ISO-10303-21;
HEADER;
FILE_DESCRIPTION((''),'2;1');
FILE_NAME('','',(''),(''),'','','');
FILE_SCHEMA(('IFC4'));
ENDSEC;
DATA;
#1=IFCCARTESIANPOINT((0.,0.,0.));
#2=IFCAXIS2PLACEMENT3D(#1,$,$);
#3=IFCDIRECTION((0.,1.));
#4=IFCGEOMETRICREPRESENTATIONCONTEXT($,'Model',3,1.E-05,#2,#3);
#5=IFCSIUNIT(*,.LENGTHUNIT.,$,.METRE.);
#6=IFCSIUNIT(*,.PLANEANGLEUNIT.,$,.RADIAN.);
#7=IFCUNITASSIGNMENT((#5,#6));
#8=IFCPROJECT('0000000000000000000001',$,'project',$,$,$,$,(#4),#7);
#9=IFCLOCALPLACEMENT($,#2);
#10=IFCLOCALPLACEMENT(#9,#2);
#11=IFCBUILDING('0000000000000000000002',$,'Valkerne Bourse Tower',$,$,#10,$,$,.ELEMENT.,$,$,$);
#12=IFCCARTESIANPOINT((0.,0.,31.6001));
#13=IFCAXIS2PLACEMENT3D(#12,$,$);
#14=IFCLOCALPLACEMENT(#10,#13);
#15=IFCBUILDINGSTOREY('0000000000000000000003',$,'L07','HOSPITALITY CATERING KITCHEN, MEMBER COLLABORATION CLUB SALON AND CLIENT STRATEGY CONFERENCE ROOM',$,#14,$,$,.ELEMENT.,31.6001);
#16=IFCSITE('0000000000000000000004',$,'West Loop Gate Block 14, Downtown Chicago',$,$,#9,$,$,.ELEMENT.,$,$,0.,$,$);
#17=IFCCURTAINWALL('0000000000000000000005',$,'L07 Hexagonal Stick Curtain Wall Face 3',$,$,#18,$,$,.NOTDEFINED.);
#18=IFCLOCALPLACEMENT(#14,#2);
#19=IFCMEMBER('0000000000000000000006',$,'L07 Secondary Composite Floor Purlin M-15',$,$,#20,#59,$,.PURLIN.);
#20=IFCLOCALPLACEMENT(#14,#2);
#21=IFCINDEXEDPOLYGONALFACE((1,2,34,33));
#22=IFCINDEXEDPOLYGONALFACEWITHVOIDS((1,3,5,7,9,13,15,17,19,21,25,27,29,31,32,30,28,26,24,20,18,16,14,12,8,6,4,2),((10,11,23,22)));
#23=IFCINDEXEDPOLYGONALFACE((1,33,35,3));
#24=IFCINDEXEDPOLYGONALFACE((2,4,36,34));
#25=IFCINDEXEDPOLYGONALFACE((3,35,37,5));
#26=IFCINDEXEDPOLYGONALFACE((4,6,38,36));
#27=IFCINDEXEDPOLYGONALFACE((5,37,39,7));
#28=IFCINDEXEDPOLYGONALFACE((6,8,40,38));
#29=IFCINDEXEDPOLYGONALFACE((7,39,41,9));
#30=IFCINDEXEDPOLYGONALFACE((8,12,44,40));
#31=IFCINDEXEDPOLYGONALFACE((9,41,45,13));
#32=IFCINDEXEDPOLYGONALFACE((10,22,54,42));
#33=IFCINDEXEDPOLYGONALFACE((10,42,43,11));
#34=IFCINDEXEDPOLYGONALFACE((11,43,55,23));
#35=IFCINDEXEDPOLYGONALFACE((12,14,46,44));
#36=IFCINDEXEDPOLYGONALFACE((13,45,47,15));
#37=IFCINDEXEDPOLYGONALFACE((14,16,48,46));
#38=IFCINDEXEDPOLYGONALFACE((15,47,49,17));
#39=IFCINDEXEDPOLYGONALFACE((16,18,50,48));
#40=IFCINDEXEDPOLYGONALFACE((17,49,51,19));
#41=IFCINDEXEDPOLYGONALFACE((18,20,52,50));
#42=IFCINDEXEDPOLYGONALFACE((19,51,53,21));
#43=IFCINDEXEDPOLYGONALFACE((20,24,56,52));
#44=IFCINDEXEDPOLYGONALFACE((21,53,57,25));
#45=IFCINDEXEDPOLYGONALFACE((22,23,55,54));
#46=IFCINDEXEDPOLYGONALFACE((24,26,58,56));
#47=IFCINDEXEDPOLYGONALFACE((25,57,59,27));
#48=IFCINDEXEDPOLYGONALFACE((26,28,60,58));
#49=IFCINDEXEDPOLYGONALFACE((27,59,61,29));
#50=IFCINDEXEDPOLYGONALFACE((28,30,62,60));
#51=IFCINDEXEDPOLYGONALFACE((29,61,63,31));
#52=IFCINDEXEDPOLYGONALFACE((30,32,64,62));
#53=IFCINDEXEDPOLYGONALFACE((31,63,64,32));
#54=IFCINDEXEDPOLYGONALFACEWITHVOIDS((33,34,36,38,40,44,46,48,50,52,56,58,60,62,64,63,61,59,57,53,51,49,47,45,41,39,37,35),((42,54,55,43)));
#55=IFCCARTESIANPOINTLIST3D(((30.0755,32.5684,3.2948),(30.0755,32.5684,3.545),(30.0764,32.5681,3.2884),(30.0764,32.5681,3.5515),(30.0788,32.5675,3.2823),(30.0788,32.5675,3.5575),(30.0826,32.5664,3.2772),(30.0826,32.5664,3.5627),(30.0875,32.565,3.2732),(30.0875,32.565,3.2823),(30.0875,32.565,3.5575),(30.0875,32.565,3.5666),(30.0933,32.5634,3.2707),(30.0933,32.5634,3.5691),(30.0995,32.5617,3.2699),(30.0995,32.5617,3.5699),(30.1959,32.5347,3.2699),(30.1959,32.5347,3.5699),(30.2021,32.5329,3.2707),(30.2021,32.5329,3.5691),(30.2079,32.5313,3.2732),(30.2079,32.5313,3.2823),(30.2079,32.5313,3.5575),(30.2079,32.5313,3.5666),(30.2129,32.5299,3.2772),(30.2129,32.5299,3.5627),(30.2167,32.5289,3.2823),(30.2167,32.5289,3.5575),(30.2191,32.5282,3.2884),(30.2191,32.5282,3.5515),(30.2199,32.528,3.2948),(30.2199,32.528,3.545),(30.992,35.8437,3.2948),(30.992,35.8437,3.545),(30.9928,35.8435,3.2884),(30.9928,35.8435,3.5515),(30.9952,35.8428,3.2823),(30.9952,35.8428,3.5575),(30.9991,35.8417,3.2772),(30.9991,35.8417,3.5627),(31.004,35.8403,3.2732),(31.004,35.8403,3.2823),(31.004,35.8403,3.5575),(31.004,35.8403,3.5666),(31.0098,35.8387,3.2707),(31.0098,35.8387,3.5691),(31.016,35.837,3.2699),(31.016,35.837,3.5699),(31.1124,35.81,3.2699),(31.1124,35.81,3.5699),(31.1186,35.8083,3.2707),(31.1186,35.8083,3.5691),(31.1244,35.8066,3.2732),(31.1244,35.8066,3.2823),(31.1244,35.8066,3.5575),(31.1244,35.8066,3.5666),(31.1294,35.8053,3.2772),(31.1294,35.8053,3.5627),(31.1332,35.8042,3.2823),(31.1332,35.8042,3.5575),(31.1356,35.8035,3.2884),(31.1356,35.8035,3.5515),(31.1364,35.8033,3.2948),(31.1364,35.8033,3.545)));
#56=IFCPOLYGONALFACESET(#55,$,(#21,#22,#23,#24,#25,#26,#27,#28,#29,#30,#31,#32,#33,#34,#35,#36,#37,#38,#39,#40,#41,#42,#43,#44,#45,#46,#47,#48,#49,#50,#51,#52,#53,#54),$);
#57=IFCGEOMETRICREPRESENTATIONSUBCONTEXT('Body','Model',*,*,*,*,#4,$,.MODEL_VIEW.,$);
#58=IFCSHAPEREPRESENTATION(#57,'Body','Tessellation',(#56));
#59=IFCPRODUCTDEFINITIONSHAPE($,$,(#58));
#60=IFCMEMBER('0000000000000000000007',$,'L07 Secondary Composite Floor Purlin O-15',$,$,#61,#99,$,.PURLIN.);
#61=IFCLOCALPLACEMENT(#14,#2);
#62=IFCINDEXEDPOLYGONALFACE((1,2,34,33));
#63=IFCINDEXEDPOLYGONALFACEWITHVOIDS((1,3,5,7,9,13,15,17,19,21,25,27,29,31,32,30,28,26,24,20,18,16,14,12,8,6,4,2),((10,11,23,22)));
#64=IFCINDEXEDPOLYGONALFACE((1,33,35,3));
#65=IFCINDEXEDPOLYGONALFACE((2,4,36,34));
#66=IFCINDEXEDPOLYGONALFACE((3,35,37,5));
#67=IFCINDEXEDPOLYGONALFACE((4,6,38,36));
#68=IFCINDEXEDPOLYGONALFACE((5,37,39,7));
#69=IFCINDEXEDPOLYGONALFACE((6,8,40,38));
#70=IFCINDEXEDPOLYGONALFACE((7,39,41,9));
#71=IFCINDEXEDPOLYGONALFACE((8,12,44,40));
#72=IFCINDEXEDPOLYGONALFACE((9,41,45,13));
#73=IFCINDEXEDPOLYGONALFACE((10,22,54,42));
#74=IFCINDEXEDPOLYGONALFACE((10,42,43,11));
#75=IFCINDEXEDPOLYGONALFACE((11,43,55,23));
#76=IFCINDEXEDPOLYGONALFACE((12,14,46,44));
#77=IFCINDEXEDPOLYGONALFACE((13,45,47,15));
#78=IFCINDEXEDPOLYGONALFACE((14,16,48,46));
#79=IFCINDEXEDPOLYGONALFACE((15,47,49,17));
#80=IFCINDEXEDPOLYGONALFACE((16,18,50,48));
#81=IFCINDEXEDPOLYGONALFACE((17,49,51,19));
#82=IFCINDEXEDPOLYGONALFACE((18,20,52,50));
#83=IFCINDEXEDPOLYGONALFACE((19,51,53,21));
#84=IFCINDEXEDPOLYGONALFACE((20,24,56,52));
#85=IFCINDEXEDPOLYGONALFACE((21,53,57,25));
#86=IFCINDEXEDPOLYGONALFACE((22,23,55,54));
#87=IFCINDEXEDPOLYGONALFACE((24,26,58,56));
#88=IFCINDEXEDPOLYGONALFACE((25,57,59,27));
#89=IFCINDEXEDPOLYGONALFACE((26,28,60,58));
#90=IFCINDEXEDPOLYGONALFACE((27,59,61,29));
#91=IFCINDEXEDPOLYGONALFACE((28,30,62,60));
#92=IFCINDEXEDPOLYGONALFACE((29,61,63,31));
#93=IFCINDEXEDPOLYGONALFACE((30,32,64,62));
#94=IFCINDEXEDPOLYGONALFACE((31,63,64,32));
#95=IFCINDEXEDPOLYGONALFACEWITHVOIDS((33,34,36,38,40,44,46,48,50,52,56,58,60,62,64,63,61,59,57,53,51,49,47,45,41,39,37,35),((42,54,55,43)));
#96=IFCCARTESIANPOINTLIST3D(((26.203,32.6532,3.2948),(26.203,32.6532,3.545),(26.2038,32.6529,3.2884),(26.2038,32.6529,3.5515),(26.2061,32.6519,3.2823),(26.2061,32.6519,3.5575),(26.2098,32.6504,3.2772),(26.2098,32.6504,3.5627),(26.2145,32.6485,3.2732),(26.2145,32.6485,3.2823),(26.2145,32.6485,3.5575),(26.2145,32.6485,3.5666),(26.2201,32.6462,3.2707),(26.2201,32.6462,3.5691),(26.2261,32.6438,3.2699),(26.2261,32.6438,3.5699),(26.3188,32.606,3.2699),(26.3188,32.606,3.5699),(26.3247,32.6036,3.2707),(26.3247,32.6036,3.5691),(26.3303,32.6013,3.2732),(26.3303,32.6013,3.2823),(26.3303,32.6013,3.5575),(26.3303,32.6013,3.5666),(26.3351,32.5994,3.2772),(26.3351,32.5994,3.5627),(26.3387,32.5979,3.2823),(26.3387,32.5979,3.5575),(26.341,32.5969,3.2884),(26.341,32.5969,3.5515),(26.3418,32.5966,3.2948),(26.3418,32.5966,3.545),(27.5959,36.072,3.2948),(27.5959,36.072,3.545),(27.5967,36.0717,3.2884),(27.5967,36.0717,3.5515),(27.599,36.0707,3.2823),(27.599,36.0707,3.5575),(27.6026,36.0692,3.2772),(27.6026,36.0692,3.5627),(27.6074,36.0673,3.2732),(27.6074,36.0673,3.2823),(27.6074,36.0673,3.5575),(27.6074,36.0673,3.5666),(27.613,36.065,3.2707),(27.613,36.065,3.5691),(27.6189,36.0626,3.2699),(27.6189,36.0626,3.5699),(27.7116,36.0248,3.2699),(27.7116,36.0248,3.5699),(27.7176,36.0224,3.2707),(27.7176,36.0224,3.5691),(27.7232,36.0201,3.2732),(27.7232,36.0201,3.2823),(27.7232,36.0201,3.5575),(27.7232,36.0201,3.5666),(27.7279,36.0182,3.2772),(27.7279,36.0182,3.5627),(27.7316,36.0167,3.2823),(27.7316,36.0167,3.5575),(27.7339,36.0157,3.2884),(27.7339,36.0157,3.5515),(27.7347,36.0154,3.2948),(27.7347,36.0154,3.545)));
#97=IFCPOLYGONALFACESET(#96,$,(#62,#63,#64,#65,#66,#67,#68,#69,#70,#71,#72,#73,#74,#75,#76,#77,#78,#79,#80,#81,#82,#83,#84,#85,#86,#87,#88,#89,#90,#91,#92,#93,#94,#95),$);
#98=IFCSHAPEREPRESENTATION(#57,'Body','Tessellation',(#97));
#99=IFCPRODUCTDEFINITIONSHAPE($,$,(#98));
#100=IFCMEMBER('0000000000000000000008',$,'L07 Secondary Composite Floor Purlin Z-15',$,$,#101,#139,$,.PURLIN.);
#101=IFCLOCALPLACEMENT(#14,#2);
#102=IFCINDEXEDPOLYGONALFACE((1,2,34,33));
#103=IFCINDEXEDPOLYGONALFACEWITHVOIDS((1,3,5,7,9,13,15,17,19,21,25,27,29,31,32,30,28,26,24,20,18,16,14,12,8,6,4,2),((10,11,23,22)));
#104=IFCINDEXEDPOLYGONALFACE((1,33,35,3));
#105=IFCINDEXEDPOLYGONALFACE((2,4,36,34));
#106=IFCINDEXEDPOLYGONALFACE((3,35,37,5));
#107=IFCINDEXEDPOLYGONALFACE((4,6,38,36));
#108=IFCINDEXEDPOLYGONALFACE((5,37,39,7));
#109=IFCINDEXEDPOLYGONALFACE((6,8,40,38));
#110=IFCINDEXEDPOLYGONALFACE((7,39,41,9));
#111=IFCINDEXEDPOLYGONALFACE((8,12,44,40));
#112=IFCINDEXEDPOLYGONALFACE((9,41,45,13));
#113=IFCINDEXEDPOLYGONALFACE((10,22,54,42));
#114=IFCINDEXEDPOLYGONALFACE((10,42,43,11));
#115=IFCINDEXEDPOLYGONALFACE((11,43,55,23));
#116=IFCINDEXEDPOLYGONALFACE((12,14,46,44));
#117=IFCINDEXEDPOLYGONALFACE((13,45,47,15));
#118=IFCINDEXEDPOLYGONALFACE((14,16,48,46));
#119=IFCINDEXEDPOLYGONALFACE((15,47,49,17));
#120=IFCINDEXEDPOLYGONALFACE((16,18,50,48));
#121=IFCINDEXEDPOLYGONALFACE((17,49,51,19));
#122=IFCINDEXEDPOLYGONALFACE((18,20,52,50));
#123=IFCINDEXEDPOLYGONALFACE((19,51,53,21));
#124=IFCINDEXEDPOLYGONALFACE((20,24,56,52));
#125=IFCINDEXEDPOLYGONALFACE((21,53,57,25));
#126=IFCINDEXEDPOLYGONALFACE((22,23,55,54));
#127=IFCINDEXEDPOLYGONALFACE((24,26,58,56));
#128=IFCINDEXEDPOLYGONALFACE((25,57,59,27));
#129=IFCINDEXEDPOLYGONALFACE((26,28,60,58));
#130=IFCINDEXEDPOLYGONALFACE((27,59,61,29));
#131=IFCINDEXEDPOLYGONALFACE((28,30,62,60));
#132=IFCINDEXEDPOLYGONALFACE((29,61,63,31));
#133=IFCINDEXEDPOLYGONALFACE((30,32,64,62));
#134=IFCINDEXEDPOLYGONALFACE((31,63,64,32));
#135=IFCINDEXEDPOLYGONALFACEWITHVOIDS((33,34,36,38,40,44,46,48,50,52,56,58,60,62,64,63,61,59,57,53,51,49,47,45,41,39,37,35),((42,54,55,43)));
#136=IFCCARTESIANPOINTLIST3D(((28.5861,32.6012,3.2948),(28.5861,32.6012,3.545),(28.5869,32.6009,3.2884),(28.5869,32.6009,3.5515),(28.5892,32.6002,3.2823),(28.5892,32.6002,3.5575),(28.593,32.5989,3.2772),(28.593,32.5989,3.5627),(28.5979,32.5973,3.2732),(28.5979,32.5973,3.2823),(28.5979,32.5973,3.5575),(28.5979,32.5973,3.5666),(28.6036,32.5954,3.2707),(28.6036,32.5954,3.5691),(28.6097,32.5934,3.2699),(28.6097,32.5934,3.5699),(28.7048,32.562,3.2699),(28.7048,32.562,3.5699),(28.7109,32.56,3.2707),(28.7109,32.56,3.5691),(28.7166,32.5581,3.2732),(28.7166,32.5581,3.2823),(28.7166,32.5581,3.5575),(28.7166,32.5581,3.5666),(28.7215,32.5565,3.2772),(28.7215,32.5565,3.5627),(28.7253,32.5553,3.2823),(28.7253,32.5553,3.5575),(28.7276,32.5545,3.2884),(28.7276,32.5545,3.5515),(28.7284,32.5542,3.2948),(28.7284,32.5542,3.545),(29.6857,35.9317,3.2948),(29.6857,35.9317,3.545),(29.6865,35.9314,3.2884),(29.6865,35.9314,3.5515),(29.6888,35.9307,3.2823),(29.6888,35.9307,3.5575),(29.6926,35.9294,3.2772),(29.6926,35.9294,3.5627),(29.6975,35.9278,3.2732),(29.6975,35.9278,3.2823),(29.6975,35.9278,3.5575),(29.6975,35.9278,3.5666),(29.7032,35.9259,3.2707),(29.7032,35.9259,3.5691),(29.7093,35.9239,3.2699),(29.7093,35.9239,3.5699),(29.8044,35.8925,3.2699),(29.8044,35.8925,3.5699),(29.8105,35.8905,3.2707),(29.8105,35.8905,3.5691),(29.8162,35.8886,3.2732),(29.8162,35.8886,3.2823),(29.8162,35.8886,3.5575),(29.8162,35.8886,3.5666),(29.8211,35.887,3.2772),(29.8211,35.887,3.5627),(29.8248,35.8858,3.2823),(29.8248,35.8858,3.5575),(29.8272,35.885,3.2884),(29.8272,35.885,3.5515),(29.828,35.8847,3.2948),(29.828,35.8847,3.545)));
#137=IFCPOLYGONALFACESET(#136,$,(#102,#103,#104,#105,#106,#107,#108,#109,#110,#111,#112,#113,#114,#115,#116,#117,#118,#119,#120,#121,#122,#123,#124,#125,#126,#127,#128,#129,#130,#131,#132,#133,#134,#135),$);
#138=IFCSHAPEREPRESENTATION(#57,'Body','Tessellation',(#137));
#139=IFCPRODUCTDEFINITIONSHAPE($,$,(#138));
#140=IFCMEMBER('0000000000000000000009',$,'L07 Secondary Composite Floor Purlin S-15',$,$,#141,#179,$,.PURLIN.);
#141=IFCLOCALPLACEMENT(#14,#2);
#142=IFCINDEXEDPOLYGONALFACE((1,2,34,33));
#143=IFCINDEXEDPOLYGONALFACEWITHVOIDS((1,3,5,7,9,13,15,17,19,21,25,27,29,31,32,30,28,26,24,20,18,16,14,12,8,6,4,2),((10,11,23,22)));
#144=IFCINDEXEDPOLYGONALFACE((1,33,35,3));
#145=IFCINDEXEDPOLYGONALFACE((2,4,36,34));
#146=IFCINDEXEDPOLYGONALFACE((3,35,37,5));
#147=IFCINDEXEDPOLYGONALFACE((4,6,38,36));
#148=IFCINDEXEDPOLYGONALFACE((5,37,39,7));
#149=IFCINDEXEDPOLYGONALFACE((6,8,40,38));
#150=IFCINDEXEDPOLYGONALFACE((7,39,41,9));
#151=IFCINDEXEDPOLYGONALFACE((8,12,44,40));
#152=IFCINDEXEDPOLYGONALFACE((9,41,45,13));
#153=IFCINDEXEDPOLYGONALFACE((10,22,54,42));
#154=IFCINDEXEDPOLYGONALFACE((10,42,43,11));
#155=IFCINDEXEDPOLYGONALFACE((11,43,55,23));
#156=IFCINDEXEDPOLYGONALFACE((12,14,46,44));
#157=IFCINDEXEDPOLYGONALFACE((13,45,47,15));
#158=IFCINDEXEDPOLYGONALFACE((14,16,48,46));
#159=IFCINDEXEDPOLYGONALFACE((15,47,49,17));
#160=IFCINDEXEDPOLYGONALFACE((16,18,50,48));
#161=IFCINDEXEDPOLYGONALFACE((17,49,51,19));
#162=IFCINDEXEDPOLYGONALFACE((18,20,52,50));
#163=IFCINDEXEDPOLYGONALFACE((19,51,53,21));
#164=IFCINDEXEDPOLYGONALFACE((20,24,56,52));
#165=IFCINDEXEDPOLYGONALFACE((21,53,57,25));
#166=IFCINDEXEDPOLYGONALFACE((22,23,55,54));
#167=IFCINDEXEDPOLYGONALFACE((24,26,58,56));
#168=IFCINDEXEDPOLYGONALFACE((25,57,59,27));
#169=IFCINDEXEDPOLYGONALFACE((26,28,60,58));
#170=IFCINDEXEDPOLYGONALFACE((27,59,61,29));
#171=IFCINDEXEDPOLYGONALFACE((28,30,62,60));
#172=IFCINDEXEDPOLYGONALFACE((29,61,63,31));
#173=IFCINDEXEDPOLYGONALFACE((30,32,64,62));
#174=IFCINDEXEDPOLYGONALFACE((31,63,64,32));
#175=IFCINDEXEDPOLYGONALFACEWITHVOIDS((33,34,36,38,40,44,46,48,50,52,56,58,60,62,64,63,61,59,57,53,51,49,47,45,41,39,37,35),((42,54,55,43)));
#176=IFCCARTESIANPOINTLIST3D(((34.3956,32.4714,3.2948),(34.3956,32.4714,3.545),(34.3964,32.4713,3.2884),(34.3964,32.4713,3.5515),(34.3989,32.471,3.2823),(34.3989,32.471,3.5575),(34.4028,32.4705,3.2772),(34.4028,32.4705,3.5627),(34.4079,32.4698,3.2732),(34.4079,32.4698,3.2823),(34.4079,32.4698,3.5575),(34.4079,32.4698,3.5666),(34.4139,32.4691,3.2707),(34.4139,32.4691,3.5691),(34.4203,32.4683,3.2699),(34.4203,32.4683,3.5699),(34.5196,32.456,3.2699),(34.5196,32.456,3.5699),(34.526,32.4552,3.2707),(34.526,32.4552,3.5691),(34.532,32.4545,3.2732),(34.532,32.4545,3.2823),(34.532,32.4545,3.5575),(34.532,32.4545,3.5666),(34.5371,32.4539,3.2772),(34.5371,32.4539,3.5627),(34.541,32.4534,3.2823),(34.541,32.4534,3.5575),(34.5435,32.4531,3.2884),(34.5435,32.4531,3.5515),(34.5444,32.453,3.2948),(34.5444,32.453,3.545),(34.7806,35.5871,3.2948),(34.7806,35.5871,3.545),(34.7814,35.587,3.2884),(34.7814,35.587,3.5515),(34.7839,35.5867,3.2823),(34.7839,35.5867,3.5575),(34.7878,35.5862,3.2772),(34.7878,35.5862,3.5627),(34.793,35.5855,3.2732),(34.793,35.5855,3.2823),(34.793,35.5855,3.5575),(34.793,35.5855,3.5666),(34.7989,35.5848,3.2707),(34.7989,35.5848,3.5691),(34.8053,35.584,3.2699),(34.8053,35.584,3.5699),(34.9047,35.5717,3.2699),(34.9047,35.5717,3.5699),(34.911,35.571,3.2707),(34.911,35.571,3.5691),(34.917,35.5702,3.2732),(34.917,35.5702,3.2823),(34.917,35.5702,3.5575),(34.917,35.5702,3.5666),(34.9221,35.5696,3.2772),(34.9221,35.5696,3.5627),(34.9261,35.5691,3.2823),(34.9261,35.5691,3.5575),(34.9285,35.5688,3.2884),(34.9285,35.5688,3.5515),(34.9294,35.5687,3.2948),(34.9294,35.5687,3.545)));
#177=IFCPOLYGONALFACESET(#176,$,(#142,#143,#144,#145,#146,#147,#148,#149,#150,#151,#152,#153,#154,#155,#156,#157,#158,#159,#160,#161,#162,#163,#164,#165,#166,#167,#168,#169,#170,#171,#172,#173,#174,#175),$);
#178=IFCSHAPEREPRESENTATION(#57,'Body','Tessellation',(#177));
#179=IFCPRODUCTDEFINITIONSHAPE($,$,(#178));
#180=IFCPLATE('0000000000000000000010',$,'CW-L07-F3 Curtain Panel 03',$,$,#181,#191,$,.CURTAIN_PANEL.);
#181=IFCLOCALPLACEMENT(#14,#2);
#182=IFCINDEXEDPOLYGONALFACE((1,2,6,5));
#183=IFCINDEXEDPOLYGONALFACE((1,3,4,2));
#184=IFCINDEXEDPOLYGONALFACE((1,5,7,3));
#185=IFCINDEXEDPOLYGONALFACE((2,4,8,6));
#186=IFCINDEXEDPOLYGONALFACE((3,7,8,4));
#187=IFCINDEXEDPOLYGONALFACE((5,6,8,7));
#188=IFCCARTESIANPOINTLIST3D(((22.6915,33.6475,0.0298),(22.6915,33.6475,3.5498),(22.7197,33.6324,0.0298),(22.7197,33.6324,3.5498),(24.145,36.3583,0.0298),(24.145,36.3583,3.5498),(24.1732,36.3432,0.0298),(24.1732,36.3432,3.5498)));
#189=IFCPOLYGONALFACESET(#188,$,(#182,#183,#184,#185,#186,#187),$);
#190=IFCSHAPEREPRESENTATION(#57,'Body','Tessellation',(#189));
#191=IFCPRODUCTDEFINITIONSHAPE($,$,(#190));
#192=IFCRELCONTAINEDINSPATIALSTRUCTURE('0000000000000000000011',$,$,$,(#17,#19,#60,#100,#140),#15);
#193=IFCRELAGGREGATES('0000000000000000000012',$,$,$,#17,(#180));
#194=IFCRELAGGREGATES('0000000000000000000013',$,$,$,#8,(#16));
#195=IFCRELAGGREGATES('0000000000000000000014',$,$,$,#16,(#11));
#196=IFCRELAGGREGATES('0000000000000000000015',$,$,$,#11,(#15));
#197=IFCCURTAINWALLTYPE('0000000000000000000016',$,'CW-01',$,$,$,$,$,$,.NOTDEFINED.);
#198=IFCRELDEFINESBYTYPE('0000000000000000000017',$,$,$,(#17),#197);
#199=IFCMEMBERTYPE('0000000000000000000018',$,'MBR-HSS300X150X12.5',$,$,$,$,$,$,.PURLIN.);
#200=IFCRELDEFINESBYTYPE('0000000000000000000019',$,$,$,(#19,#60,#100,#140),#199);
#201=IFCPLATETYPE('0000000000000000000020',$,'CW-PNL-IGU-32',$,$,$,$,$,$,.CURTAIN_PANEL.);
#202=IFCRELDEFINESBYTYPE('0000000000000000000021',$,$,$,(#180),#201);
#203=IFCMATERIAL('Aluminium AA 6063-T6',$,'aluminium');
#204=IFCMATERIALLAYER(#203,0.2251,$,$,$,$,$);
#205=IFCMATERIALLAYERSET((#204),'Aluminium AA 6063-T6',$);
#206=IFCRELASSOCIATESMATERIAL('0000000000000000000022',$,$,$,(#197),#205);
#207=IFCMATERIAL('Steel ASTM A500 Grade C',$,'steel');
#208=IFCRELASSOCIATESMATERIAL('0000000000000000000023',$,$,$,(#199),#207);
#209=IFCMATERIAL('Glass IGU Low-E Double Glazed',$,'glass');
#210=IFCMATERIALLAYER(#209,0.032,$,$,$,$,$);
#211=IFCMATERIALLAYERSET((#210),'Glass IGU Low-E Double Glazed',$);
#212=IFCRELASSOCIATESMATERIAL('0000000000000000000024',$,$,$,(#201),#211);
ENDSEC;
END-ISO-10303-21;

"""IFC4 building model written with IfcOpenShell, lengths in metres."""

from ifc_helpers import new_model, si_unit, direction, frame, origin, origin_2d, place, context, subcontext, project, spatial, rectangle, hollow_rectangle, extrude, material, layer, layer_set, material_profile, profile_set, type_object, element, aggregate, save


model = new_model("IFC4")

# Units and contexts
model_context = context("Model", 3, precision=1e-05, world=origin(), true_north=direction((0.0, 1.0)))
body_context = subcontext(model_context, "Body", "Model", "MODEL_VIEW")
ifc_project = project(units=[si_unit("LENGTHUNIT", "METRE"), si_unit("PLANEANGLEUNIT", "RADIAN")], contexts=[model_context])

# Site, building, storey
site_placement = place(None, origin())
site = spatial("IfcSite", under=ifc_project, at=site_placement, Name="West Loop Gate Block 14, Downtown Chicago", CompositionType="ELEMENT", RefElevation=0.0)
building_placement = place(site_placement, origin())
building = spatial("IfcBuilding", under=site, at=building_placement, Name="Valkerne Bourse Tower", CompositionType="ELEMENT")
storey_placement = place(building_placement, frame((0.0, 0.0, 31.6001)))
storey = spatial("IfcBuildingStorey", under=building, at=storey_placement, Name="L07", Description="HOSPITALITY CATERING KITCHEN, MEMBER COLLABORATION CLUB SALON AND CLIENT STRATEGY CONFERENCE ROOM", CompositionType="ELEMENT", Elevation=31.6001)

# Curtain wall
ifc_material_1 = material(Name="Aluminium AA 6063-T6", Category="aluminium")
ifc_layer_1 = layer(ifc_material_1, 0.2251)
ifc_layer_set_1 = layer_set([ifc_layer_1], Name="Aluminium AA 6063-T6")
curtain_wall_type = type_object("IfcCurtainWallType", Name="CW-01", PredefinedType="NOTDEFINED", material=ifc_layer_set_1)
curtain_wall_placement = place(storey_placement, origin())
curtain_wall = element("IfcCurtainWall", 1, at=curtain_wall_placement, inside=storey, type_object=curtain_wall_type, Name="L07 Hexagonal Stick Curtain Wall Face 3", PredefinedType="NOTDEFINED")

# Members
ifc_material_2 = material(Name="Steel ASTM A500 Grade C", Category="steel")
ifc_material_profile_1 = material_profile(ifc_material_2, hollow_rectangle(XDim=0.1499, YDim=0.3, WallThickness=0.0125, OuterFilletRadius=0.0249, at=origin_2d()), Name="HSS300X150X12.5")
ifc_profile_set_1 = profile_set([ifc_material_profile_1], Name="Steel ASTM A500 Grade C")
member_type_1 = type_object("IfcMemberType", Name="MBR-HSS300X150X12.5", PredefinedType="PURLIN", material=ifc_profile_set_1)
member_1_placement = place(storey_placement, frame((31.0642, 35.8235, 3.4199), z_axis=(-0.269465, -0.96301, 0.0), x_axis=(0.96301, -0.269465, 0.0)))
element("IfcMember", 2, at=member_1_placement, inside=storey, type_object=member_type_1, Name="L07 Secondary Composite Floor Purlin M-15", PredefinedType="PURLIN", context=body_context, shape_type="SweptSolid", body=[
    extrude(hollow_rectangle(XDim=0.1499, YDim=0.3, WallThickness=0.0125, OuterFilletRadius=0.0249, at=origin_2d()), origin(), (0.0, 0.0, 1.0), 3.4011),
])
member_2_placement = place(storey_placement, frame((27.6653, 36.0437, 3.4199), z_axis=(-0.377301, -0.926091, 0.0), x_axis=(0.926091, -0.377301, 0.0)))
element("IfcMember", 3, at=member_2_placement, inside=storey, type_object=member_type_1, Name="L07 Secondary Composite Floor Purlin O-15", PredefinedType="PURLIN", context=body_context, shape_type="SweptSolid", body=[
    extrude(hollow_rectangle(XDim=0.1499, YDim=0.3, WallThickness=0.0125, OuterFilletRadius=0.0249, at=origin_2d()), origin(), (0.0, 0.0, 1.0), 3.6917),
])
member_3_placement = place(storey_placement, frame((29.7568, 35.9082, 3.4199), z_axis=(-0.313512, -0.949584, 0.0), x_axis=(0.949584, -0.313512, 0.0)))
element("IfcMember", 4, at=member_3_placement, inside=storey, type_object=member_type_1, Name="L07 Secondary Composite Floor Purlin Z-15", PredefinedType="PURLIN", context=body_context, shape_type="SweptSolid", body=[
    extrude(hollow_rectangle(XDim=0.1499, YDim=0.3, WallThickness=0.0125, OuterFilletRadius=0.0249, at=origin_2d()), origin(), (0.0, 0.0, 1.0), 3.5073),
])
member_4_placement = place(storey_placement, frame((34.855, 35.5779, 3.4199), z_axis=(-0.122637, -0.992452, 0.0), x_axis=(0.992452, -0.122637, 0.0)))
element("IfcMember", 5, at=member_4_placement, inside=storey, type_object=member_type_1, Name="L07 Secondary Composite Floor Purlin S-15", PredefinedType="PURLIN", context=body_context, shape_type="SweptSolid", body=[
    extrude(hollow_rectangle(XDim=0.1499, YDim=0.3, WallThickness=0.0125, OuterFilletRadius=0.0249, at=origin_2d()), origin(), (0.0, 0.0, 1.0), 3.1394),
])

# Plate
ifc_material_3 = material(Name="Glass IGU Low-E Double Glazed", Category="glass")
ifc_layer_2 = layer(ifc_material_3, 0.032)
ifc_layer_set_2 = layer_set([ifc_layer_2], Name="Glass IGU Low-E Double Glazed")
plate_type = type_object("IfcPlateType", Name="CW-PNL-IGU-32", PredefinedType="CURTAIN_PANEL", material=ifc_layer_set_2)
plate_1_placement = place(storey_placement, frame((23.4324, 34.9954, 0.0298), z_axis=(0.0, 0.0, 1.0), x_axis=(-0.472547, -0.881305, 0.0)))
plate_1 = element("IfcPlate", 6, at=plate_1_placement, type_object=plate_type, Name="CW-L07-F3 Curtain Panel 03", PredefinedType="CURTAIN_PANEL", context=body_context, shape_type="SweptSolid", body=[
    extrude(rectangle(XDim=3.0759, YDim=0.032, at=origin_2d()), origin(), (0.0, 0.0, 1.0), 3.52),
])
aggregate(curtain_wall, [plate_1])

save(model, "model.ifc")
